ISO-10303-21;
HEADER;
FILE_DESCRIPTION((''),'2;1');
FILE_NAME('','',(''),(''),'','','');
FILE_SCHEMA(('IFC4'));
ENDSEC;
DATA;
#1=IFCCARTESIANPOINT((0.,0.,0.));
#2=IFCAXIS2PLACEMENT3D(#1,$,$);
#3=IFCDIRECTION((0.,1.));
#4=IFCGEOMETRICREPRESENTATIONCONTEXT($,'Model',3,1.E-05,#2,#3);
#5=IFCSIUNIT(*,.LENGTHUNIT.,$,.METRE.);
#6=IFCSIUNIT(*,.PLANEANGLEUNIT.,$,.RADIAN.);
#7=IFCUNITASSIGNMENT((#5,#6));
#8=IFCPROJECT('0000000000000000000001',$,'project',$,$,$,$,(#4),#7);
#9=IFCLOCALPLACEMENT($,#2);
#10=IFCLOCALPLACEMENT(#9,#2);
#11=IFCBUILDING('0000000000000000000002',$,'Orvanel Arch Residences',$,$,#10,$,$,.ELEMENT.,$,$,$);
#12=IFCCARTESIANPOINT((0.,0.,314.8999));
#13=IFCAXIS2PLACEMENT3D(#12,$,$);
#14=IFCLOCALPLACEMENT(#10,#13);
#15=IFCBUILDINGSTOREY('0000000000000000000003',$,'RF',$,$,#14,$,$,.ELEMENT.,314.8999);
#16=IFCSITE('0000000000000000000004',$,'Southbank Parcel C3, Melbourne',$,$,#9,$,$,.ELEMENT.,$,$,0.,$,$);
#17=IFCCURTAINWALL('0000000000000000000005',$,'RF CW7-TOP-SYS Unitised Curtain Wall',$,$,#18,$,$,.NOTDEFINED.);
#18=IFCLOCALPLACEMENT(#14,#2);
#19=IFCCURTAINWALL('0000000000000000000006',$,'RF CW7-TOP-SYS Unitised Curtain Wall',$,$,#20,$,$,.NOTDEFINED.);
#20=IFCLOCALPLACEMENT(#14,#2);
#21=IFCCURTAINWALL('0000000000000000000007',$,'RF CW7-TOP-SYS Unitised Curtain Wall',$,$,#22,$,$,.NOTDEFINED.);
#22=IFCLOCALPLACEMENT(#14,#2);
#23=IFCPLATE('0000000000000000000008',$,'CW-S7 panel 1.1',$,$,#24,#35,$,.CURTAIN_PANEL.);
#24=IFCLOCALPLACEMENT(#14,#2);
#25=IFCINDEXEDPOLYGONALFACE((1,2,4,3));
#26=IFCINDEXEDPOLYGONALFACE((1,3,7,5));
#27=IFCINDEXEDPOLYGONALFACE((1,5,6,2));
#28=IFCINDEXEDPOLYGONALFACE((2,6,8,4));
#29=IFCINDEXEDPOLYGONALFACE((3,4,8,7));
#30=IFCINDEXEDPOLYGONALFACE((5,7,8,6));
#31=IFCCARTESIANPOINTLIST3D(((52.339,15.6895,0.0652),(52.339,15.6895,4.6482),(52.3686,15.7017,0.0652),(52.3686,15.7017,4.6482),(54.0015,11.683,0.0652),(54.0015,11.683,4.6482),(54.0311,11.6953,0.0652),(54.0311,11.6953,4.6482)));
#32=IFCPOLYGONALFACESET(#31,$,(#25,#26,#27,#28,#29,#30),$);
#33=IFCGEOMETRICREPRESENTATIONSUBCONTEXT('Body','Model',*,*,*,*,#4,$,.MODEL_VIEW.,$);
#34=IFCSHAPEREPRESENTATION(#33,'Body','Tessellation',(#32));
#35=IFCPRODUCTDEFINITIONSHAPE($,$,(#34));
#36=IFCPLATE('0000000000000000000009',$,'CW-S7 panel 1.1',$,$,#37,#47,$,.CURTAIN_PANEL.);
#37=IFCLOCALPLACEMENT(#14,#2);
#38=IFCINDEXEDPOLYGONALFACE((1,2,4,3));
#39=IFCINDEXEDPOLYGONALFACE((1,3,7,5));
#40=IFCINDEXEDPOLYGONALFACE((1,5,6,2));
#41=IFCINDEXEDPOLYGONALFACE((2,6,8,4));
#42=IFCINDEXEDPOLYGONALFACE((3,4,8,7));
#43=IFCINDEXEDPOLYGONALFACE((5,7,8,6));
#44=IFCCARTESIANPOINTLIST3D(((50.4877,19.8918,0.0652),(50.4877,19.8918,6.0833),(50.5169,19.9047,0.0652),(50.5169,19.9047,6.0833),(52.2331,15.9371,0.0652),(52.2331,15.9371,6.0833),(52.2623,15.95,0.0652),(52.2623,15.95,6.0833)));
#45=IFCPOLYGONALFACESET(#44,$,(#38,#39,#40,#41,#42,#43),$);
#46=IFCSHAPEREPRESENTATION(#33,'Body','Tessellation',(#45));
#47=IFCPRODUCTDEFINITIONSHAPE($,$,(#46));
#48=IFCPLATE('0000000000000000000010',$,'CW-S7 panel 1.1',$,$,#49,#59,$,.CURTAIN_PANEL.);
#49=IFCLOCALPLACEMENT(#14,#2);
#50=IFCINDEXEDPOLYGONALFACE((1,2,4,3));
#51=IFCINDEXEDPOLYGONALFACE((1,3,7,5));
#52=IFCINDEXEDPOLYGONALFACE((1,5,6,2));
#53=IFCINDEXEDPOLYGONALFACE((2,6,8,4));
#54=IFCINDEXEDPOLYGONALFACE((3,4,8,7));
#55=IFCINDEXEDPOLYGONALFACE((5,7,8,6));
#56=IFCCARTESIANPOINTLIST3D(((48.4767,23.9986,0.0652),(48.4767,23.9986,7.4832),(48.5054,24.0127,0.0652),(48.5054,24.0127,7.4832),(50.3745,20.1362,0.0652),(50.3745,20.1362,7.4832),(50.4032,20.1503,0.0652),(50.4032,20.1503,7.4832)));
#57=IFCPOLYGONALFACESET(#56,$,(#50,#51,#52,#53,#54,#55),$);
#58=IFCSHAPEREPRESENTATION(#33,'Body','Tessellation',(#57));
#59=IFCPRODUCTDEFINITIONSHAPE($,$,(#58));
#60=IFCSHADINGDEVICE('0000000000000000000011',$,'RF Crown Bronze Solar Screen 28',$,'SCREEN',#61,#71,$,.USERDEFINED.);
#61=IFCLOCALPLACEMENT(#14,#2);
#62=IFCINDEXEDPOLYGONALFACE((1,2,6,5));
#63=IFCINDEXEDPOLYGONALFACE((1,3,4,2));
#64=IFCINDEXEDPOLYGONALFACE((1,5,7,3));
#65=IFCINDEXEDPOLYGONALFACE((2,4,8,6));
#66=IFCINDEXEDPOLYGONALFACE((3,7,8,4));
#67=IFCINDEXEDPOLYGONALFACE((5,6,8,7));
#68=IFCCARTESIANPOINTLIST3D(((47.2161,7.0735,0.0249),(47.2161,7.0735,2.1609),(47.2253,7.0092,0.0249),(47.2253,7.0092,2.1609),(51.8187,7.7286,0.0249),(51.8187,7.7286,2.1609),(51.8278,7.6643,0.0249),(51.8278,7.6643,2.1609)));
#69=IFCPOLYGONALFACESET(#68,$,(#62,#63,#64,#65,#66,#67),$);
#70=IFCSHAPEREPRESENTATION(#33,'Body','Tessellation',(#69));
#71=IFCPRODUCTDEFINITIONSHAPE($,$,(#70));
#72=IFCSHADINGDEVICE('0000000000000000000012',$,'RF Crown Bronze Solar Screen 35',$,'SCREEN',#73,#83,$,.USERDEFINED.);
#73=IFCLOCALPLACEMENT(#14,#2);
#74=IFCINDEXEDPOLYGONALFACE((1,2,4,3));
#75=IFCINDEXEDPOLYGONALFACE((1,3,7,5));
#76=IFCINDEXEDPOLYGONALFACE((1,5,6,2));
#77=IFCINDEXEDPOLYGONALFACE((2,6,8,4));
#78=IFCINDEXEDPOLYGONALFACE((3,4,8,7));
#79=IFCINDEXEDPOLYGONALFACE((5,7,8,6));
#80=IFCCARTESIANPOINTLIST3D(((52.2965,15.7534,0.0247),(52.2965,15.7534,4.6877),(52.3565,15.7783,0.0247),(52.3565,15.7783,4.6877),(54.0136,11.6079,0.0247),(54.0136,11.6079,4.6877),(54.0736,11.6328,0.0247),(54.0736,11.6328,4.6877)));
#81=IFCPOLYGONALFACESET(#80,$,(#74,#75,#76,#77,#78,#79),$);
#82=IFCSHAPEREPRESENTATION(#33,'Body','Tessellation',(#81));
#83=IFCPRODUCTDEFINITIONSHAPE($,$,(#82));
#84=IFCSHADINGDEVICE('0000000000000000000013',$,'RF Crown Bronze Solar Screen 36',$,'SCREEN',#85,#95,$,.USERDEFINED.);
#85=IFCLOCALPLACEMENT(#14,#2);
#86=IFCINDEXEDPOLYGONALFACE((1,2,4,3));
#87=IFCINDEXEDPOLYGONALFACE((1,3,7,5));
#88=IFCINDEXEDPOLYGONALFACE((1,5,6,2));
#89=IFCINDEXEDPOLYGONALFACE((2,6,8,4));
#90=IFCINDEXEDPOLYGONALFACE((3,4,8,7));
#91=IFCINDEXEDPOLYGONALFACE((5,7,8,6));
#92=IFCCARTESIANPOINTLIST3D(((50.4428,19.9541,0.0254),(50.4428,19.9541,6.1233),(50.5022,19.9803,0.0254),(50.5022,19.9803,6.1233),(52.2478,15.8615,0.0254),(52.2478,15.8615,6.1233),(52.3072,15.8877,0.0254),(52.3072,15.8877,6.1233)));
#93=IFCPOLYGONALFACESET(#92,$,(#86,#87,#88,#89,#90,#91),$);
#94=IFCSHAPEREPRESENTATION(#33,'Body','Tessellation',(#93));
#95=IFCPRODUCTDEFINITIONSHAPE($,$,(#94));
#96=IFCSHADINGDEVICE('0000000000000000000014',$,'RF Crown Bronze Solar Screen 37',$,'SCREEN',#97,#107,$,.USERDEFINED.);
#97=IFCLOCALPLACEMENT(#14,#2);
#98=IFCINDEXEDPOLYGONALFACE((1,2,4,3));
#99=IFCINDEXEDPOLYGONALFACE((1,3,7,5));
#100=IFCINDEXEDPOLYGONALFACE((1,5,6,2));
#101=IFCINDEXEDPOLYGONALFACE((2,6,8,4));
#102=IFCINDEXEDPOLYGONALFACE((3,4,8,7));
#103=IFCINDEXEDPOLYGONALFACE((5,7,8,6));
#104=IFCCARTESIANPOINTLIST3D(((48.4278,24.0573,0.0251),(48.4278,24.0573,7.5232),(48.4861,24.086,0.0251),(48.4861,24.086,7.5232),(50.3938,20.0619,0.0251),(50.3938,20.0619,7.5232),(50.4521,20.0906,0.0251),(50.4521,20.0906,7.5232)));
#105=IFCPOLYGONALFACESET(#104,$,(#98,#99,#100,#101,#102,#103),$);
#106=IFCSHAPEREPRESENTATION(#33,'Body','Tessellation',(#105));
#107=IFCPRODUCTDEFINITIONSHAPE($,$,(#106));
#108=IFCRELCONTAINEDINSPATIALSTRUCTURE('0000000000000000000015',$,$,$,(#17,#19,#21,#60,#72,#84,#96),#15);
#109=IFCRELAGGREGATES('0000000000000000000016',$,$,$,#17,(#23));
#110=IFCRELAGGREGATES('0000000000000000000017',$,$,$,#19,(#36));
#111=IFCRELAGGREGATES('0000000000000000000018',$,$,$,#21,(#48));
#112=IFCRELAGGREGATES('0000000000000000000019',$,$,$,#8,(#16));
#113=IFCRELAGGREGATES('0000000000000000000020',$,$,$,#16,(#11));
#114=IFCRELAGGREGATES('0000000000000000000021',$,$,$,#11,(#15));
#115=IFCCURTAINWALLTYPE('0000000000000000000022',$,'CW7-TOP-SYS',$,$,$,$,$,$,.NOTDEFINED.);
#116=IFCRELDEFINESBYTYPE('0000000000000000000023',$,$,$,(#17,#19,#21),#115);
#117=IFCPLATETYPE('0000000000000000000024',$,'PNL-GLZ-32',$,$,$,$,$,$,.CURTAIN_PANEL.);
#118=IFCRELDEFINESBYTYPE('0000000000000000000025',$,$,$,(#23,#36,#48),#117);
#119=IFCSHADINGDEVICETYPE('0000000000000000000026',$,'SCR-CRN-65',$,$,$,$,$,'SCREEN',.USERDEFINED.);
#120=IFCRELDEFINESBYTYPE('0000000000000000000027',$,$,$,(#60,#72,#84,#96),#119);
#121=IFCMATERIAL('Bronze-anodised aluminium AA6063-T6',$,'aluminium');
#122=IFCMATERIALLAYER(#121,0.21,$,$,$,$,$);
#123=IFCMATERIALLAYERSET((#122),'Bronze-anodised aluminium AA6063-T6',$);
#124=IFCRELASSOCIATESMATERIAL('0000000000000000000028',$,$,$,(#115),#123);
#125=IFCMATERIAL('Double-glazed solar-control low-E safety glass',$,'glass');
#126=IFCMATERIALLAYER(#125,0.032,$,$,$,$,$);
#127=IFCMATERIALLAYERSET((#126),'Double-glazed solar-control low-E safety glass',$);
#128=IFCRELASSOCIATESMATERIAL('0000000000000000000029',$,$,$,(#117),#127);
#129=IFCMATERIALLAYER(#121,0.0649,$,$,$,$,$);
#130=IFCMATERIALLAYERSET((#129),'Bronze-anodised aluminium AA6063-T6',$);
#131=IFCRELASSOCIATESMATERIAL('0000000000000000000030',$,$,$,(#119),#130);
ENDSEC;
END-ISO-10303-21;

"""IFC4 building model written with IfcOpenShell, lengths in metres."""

from ifc_helpers import new_model, si_unit, direction, frame, origin, origin_2d, place, context, subcontext, project, spatial, rectangle, extrude, material, layer, layer_set, type_object, element, aggregate, save


model = new_model("IFC4")

# Units and contexts
model_context = context("Model", 3, precision=1e-05, world=origin(), true_north=direction((0.0, 1.0)))
body_context = subcontext(model_context, "Body", "Model", "MODEL_VIEW")
ifc_project = project(units=[si_unit("LENGTHUNIT", "METRE"), si_unit("PLANEANGLEUNIT", "RADIAN")], contexts=[model_context])

# Site, building, storey
site_placement = place(None, origin())
site = spatial("IfcSite", under=ifc_project, at=site_placement, Name="Southbank Parcel C3, Melbourne", CompositionType="ELEMENT", RefElevation=0.0)
building_placement = place(site_placement, origin())
building = spatial("IfcBuilding", under=site, at=building_placement, Name="Orvanel Arch Residences", CompositionType="ELEMENT")
storey_placement = place(building_placement, frame((0.0, 0.0, 314.8999)))
storey = spatial("IfcBuildingStorey", under=building, at=storey_placement, Name="RF", CompositionType="ELEMENT", Elevation=314.8999)

# Shared definitions
ifc_material_1 = material(Name="Bronze-anodised aluminium AA6063-T6", Category="aluminium")
ifc_layer_1 = layer(ifc_material_1, 0.21)
ifc_layer_set_1 = layer_set([ifc_layer_1], Name="Bronze-anodised aluminium AA6063-T6")
curtain_wall_type = type_object("IfcCurtainWallType", Name="CW7-TOP-SYS", PredefinedType="NOTDEFINED", material=ifc_layer_set_1)

# Curtain walls
curtain_wall_1_placement = place(storey_placement, origin())
curtain_wall_1 = element("IfcCurtainWall", 1, at=curtain_wall_1_placement, inside=storey, type_object=curtain_wall_type, Name="RF CW7-TOP-SYS Unitised Curtain Wall", PredefinedType="NOTDEFINED")
curtain_wall_2_placement = place(storey_placement, origin())
curtain_wall_2 = element("IfcCurtainWall", 2, at=curtain_wall_2_placement, inside=storey, type_object=curtain_wall_type, Name="RF CW7-TOP-SYS Unitised Curtain Wall", PredefinedType="NOTDEFINED")

# Curtain wall
curtain_wall_3_placement = place(storey_placement, origin())
curtain_wall_3 = element("IfcCurtainWall", 3, at=curtain_wall_3_placement, inside=storey, type_object=curtain_wall_type, Name="RF CW7-TOP-SYS Unitised Curtain Wall", PredefinedType="NOTDEFINED")

# Shared definitions
ifc_material_2 = material(Name="Double-glazed solar-control low-E safety glass", Category="glass")

# Plates
ifc_layer_2 = layer(ifc_material_2, 0.032)
ifc_layer_set_2 = layer_set([ifc_layer_2], Name="Double-glazed solar-control low-E safety glass")
plate_type_1 = type_object("IfcPlateType", Name="PNL-GLZ-32", PredefinedType="CURTAIN_PANEL", material=ifc_layer_set_2)
plate_1_placement = place(storey_placement, frame((53.1851, 13.6924, 0.0652), z_axis=(0.0, 0.0, 1.0), x_axis=(-0.38327, 0.923636, 0.0)))
plate_1 = element("IfcPlate", 4, at=plate_1_placement, type_object=plate_type_1, Name="CW-S7 panel 1.1", PredefinedType="CURTAIN_PANEL", context=body_context, shape_type="SweptSolid", body=[
    extrude(rectangle(XDim=4.3376, YDim=0.032, at=origin_2d()), origin(), (0.0, 0.0, 1.0), 4.583),
])
aggregate(curtain_wall_1, [plate_1])
plate_2_placement = place(storey_placement, frame((51.375, 17.9209, 0.0652), z_axis=(0.0, 0.0, 1.0), x_axis=(-0.403772, 0.91486, 0.0)))
plate_2 = element("IfcPlate", 5, at=plate_2_placement, type_object=plate_type_1, Name="CW-S7 panel 1.1", PredefinedType="CURTAIN_PANEL", context=body_context, shape_type="SweptSolid", body=[
    extrude(rectangle(XDim=4.3228, YDim=0.032, at=origin_2d()), origin(), (0.0, 0.0, 1.0), 6.0181),
])
aggregate(curtain_wall_2, [plate_2])
plate_3_placement = place(storey_placement, frame((49.4399, 22.0745, 0.0652), z_axis=(0.0, 0.0, 1.0), x_axis=(-0.441005, 0.897504, 0.0)))
plate_3 = element("IfcPlate", 6, at=plate_3_placement, type_object=plate_type_1, Name="CW-S7 panel 1.1", PredefinedType="CURTAIN_PANEL", context=body_context, shape_type="SweptSolid", body=[
    extrude(rectangle(XDim=4.3035, YDim=0.032, at=origin_2d()), origin(), (0.0, 0.0, 1.0), 7.418),
])
aggregate(curtain_wall_3, [plate_3])

# Shading devices
ifc_layer_3 = layer(ifc_material_1, 0.0649)
ifc_layer_set_3 = layer_set([ifc_layer_3], Name="Bronze-anodised aluminium AA6063-T6")
shading_device_type = type_object("IfcShadingDeviceType", Name="SCR-CRN-65", ElementType="SCREEN", PredefinedType="USERDEFINED", material=ifc_layer_set_3)
shading_device_1_placement = place(storey_placement, frame((49.522, 7.3689, 0.0249), z_axis=(0.0, 0.0, 1.0), x_axis=(0.990024, 0.140901, 0.0)))
element("IfcShadingDevice", 7, at=shading_device_1_placement, inside=storey, type_object=shading_device_type, Name="RF Crown Bronze Solar Screen 28", ObjectType="SCREEN", PredefinedType="USERDEFINED", context=body_context, shape_type="SweptSolid", body=[
    extrude(rectangle(XDim=4.6489, YDim=0.0649, at=origin_2d()), origin(), (0.0, 0.0, 1.0), 2.136),
])
shading_device_2_placement = place(storey_placement, frame((53.1851, 13.6931, 0.0247), z_axis=(0.0, 0.0, 1.0), x_axis=(-0.382683, 0.92388, 0.0)))
element("IfcShadingDevice", 8, at=shading_device_2_placement, inside=storey, type_object=shading_device_type, Name="RF Crown Bronze Solar Screen 35", ObjectType="SCREEN", PredefinedType="USERDEFINED", context=body_context, shape_type="SweptSolid", body=[
    extrude(rectangle(XDim=4.4871, YDim=0.0649, at=origin_2d()), origin(), (0.0, 0.0, 1.0), 4.6631),
])
shading_device_3_placement = place(storey_placement, frame((51.375, 17.9209, 0.0254), z_axis=(0.0, 0.0, 1.0), x_axis=(-0.403545, 0.91496, 0.0)))
element("IfcShadingDevice", 9, at=shading_device_3_placement, inside=storey, type_object=shading_device_type, Name="RF Crown Bronze Solar Screen 36", ObjectType="SCREEN", PredefinedType="USERDEFINED", context=body_context, shape_type="SweptSolid", body=[
    extrude(rectangle(XDim=4.4729, YDim=0.0649, at=origin_2d()), origin(), (0.0, 0.0, 1.0), 6.0979),
])
shading_device_4_placement = place(storey_placement, frame((49.4399, 22.074, 0.0251), z_axis=(0.0, 0.0, 1.0), x_axis=(-0.441506, 0.897258, 0.0)))
element("IfcShadingDevice", 10, at=shading_device_4_placement, inside=storey, type_object=shading_device_type, Name="RF Crown Bronze Solar Screen 37", ObjectType="SCREEN", PredefinedType="USERDEFINED", context=body_context, shape_type="SweptSolid", body=[
    extrude(rectangle(XDim=4.4529, YDim=0.0649, at=origin_2d()), origin(), (0.0, 0.0, 1.0), 7.498),
])

save(model, "model.ifc")
